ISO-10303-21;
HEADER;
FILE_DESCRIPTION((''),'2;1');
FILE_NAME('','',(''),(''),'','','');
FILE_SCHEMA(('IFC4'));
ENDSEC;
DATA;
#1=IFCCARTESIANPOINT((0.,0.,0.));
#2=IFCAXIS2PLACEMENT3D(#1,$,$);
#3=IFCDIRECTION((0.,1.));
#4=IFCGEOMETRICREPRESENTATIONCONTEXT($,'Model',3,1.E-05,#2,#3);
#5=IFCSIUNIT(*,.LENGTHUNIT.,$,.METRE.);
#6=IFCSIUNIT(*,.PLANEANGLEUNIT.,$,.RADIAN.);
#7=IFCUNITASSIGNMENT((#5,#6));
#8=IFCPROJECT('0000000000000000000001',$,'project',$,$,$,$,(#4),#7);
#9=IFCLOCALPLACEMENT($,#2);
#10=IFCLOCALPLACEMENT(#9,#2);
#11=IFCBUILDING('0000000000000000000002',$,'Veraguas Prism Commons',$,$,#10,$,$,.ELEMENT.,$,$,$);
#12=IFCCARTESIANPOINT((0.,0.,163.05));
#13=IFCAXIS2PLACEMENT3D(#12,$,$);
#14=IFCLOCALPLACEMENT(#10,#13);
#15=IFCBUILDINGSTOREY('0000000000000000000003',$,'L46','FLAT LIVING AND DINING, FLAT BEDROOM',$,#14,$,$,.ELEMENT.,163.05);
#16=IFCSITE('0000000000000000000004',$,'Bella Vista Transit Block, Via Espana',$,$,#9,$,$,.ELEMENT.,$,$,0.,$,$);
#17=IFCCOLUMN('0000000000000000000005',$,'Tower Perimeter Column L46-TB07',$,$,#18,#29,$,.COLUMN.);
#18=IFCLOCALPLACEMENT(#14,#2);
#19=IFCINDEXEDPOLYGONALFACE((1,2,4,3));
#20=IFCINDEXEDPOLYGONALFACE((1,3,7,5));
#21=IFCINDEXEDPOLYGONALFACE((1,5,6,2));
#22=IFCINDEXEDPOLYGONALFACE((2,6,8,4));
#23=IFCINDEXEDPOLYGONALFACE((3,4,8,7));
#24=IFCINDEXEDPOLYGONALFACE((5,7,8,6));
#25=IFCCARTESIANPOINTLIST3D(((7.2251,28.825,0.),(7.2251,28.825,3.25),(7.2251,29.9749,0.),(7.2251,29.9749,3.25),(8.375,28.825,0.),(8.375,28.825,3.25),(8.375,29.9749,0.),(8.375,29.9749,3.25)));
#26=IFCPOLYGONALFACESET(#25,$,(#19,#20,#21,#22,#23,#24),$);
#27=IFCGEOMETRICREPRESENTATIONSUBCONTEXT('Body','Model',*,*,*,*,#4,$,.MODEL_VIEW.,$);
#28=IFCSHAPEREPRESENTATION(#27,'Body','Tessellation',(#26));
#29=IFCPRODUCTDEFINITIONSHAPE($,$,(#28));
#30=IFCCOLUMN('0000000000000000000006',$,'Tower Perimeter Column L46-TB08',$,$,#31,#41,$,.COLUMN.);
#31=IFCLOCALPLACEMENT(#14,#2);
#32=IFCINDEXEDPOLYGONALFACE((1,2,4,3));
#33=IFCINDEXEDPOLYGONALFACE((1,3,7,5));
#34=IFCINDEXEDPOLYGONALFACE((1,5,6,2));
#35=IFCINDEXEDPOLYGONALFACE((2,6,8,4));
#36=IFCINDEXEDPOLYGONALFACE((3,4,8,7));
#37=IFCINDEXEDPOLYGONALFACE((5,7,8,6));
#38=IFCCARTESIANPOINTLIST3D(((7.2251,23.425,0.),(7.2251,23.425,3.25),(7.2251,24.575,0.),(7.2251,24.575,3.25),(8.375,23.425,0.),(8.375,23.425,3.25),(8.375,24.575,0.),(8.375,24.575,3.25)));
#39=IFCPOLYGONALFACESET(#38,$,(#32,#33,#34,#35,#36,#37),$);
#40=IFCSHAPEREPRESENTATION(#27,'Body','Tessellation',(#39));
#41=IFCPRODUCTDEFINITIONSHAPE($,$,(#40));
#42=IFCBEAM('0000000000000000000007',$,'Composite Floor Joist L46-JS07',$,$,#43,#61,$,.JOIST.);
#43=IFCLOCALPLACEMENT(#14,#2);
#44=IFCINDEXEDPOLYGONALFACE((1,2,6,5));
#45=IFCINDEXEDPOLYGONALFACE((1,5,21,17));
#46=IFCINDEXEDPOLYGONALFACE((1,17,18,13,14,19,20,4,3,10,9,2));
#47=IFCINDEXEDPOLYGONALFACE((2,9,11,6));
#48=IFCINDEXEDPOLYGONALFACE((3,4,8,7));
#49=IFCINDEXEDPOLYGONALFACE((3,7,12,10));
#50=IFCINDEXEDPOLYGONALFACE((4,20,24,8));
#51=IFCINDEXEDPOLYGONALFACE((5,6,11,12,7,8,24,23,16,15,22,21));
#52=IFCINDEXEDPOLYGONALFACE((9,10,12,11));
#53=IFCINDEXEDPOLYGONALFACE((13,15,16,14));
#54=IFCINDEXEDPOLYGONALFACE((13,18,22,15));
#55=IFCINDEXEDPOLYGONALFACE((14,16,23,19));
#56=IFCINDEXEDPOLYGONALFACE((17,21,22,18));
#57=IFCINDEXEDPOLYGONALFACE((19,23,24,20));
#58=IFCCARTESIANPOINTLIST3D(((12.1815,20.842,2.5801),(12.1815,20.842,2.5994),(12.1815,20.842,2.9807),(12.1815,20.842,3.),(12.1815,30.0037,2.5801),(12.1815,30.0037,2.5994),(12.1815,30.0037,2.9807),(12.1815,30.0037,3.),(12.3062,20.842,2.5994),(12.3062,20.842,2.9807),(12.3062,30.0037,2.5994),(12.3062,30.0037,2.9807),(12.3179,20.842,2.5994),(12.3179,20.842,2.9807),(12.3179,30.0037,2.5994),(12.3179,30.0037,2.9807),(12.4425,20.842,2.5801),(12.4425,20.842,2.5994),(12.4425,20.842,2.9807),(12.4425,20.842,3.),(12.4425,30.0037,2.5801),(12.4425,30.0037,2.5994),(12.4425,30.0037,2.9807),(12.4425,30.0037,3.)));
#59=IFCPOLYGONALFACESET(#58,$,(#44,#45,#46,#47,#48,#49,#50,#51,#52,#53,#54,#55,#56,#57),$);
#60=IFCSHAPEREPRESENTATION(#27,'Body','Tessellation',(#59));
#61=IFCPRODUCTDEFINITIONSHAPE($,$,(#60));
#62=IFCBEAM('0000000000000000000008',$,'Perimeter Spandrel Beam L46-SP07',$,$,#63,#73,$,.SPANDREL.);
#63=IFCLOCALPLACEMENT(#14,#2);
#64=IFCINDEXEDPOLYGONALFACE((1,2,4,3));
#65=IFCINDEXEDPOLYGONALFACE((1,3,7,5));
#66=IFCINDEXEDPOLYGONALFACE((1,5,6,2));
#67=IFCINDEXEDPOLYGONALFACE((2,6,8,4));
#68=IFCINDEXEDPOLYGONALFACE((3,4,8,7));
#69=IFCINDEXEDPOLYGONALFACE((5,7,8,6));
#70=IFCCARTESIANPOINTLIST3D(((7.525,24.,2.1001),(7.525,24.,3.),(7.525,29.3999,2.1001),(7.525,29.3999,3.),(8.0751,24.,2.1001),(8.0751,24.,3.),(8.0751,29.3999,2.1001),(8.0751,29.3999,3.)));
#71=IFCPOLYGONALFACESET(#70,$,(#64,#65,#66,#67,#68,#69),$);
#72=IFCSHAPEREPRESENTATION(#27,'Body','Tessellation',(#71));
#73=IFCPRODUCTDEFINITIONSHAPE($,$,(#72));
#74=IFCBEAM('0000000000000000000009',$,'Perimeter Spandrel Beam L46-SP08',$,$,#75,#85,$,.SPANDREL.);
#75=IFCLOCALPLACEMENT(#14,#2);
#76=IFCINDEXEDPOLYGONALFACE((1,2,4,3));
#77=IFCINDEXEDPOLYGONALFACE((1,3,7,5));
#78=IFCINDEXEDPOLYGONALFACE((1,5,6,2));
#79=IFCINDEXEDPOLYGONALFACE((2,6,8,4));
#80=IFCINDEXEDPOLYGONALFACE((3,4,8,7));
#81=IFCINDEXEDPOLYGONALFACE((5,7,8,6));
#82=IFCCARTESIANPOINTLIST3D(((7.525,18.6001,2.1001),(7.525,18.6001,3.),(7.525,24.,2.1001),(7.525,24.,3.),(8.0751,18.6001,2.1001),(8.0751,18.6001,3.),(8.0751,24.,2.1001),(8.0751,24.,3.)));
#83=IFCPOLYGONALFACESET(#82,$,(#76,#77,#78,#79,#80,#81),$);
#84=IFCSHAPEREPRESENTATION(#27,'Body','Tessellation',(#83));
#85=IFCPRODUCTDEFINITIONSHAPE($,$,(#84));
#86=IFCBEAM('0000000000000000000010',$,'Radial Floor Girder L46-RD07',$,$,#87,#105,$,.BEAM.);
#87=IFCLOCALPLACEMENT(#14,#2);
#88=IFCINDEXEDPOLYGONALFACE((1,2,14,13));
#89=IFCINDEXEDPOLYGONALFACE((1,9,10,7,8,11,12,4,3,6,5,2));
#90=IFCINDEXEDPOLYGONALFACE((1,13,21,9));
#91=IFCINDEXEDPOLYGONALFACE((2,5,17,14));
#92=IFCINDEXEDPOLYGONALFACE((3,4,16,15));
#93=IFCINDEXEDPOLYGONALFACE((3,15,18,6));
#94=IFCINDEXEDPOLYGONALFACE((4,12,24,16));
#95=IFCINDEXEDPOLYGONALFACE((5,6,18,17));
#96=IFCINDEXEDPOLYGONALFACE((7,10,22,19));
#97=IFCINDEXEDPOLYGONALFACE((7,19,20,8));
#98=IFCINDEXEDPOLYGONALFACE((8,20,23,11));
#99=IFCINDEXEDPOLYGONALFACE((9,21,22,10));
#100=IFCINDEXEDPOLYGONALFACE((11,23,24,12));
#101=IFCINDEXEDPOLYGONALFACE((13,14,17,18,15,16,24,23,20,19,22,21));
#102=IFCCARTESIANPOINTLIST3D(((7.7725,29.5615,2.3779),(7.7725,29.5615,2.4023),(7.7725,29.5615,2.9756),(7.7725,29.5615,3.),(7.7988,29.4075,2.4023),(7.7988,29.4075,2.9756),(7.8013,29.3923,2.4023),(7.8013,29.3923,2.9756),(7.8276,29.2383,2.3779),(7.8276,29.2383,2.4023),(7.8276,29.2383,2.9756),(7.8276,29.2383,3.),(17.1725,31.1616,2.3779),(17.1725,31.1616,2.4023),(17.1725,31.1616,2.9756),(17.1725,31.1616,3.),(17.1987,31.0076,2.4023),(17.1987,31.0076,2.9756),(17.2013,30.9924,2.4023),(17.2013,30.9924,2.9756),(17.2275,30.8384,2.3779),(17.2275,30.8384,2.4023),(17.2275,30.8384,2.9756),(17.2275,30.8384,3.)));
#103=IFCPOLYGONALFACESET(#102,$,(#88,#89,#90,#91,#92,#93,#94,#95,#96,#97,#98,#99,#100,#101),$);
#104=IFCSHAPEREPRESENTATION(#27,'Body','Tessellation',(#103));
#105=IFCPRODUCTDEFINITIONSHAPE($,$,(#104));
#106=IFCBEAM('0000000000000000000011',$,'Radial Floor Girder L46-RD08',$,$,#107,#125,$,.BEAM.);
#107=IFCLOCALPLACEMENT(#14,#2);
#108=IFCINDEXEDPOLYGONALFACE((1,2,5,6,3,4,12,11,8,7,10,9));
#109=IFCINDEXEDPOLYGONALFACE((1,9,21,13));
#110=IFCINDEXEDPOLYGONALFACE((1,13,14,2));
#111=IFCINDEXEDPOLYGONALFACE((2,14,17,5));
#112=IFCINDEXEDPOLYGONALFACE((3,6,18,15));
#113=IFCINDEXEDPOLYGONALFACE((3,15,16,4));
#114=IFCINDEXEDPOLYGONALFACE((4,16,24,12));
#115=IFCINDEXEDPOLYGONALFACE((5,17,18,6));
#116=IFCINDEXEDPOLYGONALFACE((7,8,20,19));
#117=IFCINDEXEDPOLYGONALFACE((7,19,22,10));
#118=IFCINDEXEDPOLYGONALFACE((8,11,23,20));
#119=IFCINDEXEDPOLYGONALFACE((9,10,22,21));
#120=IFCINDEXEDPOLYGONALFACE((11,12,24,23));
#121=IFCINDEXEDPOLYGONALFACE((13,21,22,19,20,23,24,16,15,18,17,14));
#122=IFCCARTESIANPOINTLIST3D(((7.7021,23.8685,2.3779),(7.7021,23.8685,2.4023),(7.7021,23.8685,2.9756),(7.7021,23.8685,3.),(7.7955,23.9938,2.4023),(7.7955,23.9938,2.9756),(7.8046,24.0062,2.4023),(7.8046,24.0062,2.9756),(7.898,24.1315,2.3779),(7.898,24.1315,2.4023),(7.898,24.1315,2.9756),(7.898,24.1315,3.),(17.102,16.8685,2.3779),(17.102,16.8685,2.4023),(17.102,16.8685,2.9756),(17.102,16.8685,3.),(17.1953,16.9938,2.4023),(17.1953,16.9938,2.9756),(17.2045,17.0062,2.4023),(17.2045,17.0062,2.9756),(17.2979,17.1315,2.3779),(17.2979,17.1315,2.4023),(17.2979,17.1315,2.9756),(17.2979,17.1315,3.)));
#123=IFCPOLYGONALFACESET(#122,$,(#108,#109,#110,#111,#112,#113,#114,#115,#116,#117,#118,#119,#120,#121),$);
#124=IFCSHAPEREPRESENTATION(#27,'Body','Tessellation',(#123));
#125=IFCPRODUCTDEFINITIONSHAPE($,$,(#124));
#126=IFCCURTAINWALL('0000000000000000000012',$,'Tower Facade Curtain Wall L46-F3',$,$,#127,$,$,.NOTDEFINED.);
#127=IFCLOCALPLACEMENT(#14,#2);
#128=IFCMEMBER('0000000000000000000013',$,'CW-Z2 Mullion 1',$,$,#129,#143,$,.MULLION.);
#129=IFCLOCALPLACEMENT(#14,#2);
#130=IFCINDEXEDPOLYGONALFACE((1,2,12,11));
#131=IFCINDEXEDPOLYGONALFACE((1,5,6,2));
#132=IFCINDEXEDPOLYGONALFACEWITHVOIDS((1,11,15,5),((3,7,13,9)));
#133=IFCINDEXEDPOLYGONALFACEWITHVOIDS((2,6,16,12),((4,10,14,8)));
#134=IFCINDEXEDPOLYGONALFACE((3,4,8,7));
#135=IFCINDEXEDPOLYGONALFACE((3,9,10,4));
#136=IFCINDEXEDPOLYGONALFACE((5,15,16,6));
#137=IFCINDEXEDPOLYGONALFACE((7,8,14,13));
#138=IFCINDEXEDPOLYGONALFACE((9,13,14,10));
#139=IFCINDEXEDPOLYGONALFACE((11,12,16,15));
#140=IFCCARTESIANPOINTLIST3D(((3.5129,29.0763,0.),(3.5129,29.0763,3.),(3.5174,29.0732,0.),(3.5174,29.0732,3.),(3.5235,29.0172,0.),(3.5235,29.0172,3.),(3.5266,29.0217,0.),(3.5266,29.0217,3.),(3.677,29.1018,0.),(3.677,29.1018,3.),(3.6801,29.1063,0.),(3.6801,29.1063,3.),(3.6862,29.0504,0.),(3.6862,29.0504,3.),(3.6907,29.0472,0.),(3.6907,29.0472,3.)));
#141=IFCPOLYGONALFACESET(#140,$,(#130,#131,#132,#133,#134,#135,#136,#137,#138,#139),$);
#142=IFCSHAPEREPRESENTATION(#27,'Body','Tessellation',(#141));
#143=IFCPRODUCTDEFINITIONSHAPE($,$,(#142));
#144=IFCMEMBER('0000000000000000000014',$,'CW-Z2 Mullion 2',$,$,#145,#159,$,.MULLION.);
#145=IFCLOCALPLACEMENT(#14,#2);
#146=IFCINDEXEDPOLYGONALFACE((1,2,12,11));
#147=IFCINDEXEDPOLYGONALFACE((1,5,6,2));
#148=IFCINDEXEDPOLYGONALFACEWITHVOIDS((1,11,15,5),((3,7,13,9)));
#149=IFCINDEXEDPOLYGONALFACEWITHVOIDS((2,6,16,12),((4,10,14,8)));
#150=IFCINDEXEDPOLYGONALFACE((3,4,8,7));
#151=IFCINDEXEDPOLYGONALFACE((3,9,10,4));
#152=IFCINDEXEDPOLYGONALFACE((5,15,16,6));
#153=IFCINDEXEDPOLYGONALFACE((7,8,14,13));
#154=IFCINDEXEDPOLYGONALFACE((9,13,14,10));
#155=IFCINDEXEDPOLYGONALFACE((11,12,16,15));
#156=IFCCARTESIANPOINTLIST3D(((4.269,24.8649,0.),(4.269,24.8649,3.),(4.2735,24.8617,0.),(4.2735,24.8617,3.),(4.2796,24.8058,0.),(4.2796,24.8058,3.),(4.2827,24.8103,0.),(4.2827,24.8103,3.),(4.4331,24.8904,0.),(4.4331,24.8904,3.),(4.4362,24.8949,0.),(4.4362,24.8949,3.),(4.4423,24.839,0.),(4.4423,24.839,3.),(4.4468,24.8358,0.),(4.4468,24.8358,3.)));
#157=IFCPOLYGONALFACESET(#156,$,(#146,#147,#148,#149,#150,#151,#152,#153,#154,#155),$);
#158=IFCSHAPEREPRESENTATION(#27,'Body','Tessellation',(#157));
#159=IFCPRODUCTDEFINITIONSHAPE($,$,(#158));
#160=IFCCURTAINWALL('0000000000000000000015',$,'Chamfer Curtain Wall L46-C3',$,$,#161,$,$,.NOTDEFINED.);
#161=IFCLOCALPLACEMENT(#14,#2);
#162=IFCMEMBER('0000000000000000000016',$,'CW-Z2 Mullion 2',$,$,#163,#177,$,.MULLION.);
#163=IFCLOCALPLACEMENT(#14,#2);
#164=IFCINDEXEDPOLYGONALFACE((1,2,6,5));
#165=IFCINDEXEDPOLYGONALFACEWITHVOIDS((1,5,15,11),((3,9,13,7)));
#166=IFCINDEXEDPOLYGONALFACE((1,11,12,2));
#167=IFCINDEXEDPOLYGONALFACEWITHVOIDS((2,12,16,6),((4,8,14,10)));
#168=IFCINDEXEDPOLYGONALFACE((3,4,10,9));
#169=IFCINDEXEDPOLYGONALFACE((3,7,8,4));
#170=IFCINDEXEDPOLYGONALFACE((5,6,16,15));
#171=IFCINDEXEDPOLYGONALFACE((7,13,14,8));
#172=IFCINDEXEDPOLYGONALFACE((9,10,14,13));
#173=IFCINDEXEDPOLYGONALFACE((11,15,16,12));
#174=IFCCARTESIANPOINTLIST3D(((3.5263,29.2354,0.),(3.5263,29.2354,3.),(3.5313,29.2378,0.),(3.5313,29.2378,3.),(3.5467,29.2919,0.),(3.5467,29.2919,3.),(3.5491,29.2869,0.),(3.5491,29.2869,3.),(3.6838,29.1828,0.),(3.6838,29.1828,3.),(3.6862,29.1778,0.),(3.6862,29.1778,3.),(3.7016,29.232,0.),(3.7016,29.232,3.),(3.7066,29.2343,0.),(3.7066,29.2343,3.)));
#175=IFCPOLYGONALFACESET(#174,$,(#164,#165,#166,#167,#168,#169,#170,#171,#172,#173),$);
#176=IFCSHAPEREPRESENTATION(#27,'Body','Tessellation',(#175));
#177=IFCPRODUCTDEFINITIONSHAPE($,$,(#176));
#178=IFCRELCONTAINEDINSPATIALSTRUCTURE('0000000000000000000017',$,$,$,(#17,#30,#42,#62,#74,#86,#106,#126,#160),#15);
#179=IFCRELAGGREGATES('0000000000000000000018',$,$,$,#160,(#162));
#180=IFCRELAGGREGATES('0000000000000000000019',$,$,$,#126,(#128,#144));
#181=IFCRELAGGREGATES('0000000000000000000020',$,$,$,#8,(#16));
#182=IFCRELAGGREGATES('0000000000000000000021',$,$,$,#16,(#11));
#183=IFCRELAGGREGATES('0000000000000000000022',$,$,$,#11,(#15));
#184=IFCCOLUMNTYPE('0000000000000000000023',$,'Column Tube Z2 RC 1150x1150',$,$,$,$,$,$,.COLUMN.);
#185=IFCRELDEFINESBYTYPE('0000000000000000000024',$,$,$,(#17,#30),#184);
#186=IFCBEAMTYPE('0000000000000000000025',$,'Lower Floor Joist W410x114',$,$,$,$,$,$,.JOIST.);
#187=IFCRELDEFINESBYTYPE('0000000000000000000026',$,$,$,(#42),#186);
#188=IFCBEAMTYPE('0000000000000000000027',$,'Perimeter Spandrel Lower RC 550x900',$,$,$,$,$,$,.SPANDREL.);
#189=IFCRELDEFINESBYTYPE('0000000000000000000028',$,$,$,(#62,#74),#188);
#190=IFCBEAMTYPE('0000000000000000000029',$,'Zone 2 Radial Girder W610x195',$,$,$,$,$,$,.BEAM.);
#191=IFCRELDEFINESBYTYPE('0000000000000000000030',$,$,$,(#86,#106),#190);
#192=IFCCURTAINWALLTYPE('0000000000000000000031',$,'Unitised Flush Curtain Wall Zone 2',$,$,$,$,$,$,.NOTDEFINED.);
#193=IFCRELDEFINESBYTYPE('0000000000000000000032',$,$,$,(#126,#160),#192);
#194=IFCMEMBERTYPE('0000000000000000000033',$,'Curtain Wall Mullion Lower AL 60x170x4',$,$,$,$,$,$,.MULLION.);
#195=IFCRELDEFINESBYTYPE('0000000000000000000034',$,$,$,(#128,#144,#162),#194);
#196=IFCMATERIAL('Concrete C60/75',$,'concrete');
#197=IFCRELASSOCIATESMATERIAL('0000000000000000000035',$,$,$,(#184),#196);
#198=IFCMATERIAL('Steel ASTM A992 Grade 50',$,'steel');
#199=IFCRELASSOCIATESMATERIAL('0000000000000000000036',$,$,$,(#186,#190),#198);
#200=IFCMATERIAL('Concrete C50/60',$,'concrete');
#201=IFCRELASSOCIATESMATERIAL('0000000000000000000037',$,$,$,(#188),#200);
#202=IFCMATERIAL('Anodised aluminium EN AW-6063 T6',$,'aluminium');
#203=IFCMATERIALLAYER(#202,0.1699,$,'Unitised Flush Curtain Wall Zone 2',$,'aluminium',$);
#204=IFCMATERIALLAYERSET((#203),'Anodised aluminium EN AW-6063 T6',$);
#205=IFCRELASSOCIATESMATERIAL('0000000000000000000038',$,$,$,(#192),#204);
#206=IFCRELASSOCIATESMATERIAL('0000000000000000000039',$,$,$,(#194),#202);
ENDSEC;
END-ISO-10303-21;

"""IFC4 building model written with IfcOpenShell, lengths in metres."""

from ifc_helpers import new_model, si_unit, direction, frame, origin, origin_2d, place, context, subcontext, project, spatial, rectangle, hollow_rectangle, i_section, extrude, source, transform, mapped, material, layer, layer_set, material_profile, profile_set, type_object, element, aggregate, save


model = new_model("IFC4")

# Units and contexts
model_context = context("Model", 3, precision=1e-05, world=origin(), true_north=direction((0.0, 1.0)))
body_context = subcontext(model_context, "Body", "Model", "MODEL_VIEW")
ifc_project = project(units=[si_unit("LENGTHUNIT", "METRE"), si_unit("PLANEANGLEUNIT", "RADIAN")], contexts=[model_context])

# Site, building, storey
site_placement = place(None, origin())
site = spatial("IfcSite", under=ifc_project, at=site_placement, Name="Bella Vista Transit Block, Via Espana", CompositionType="ELEMENT", RefElevation=0.0)
building_placement = place(site_placement, origin())
building = spatial("IfcBuilding", under=site, at=building_placement, Name="Veraguas Prism Commons", CompositionType="ELEMENT")
storey_placement = place(building_placement, frame((0.0, 0.0, 163.05)))
storey = spatial("IfcBuildingStorey", under=building, at=storey_placement, Name="L46", Description="FLAT LIVING AND DINING, FLAT BEDROOM", CompositionType="ELEMENT", Elevation=163.05)

# Columns
ifc_material_1 = material(Name="Concrete C60/75", Category="concrete")
ifc_material_profile_1 = material_profile(ifc_material_1, rectangle(XDim=1.1499, YDim=1.1499, at=origin_2d()), Name="RC1150X1150")
ifc_profile_set_1 = profile_set([ifc_material_profile_1], Name="Concrete C60/75")
column_type = type_object("IfcColumnType", Name="Column Tube Z2 RC 1150x1150", PredefinedType="COLUMN", material=ifc_profile_set_1)
for number, where, z_axis, x_axis, name in (
    (1, (7.8, 29.3999, 0.0), (0.0, 0.0, 1.0), (1.0, 0.0, 0.0), "Tower Perimeter Column L46-TB07"),
    (2, (7.8, 24.0, 0.0), (0.0, 0.0, 1.0), (1.0, 0.0, 0.0), "Tower Perimeter Column L46-TB08"),
):
    element("IfcColumn", number, at=place(storey_placement, frame(where, z_axis=z_axis, x_axis=x_axis)), inside=storey, type_object=column_type, Name=name, PredefinedType="COLUMN", context=body_context, shape_type="SweptSolid", body=[
        extrude(rectangle(XDim=1.1499, YDim=1.1499, at=origin_2d()), origin(), (0.0, 0.0, 1.0), 3.25),
    ])

# Beams
ifc_material_2 = material(Name="Steel ASTM A992 Grade 50", Category="steel")
ifc_material_profile_2 = material_profile(ifc_material_2, i_section(OverallWidth=0.261, OverallDepth=0.4199, WebThickness=0.0117, FlangeThickness=0.0193, at=origin_2d()), Name="W410X114")
ifc_profile_set_2 = profile_set([ifc_material_profile_2], Name="Steel ASTM A992 Grade 50")
beam_type_1 = type_object("IfcBeamType", Name="Lower Floor Joist W410x114", PredefinedType="JOIST", material=ifc_profile_set_2)
beam_1_placement = place(storey_placement, frame((12.312, 30.0037, 2.79), z_axis=(0.0, -1.0, 0.0), x_axis=(1.0, 0.0, 0.0)))
element("IfcBeam", 3, at=beam_1_placement, inside=storey, type_object=beam_type_1, Name="Composite Floor Joist L46-JS07", PredefinedType="JOIST", context=body_context, shape_type="SweptSolid", body=[
    extrude(i_section(OverallWidth=0.261, OverallDepth=0.4199, WebThickness=0.0117, FlangeThickness=0.0193, at=origin_2d()), origin(), (0.0, 0.0, 1.0), 9.1616),
])
ifc_material_3 = material(Name="Concrete C50/60", Category="concrete")
ifc_material_profile_3 = material_profile(ifc_material_3, rectangle(XDim=0.55, YDim=0.8999, at=origin_2d()), Name="RC550X900")
ifc_profile_set_3 = profile_set([ifc_material_profile_3], Name="Concrete C50/60")
beam_type_2 = type_object("IfcBeamType", Name="Perimeter Spandrel Lower RC 550x900", PredefinedType="SPANDREL", material=ifc_profile_set_3)
for number, where, z_axis, x_axis, name in (
    (4, (7.8, 29.3999, 2.55), (0.0, -1.0, 0.0), (1.0, 0.0, 0.0), "Perimeter Spandrel Beam L46-SP07"),
    (5, (7.8, 24.0, 2.55), (0.0, -1.0, 0.0), (1.0, 0.0, 0.0), "Perimeter Spandrel Beam L46-SP08"),
):
    element("IfcBeam", number, at=place(storey_placement, frame(where, z_axis=z_axis, x_axis=x_axis)), inside=storey, type_object=beam_type_2, Name=name, PredefinedType="SPANDREL", context=body_context, shape_type="SweptSolid", body=[
        extrude(rectangle(XDim=0.55, YDim=0.8999, at=origin_2d()), origin(), (0.0, 0.0, 1.0), 5.3999),
    ])
ifc_material_profile_4 = material_profile(ifc_material_2, i_section(OverallWidth=0.3279, OverallDepth=0.6221, WebThickness=0.0154, FlangeThickness=0.0244, at=origin_2d()), Name="W610X195")
ifc_profile_set_4 = profile_set([ifc_material_profile_4], Name="Steel ASTM A992 Grade 50")
beam_type_3 = type_object("IfcBeamType", Name="Zone 2 Radial Girder W610x195", PredefinedType="BEAM", material=ifc_profile_set_4)
beam_2_placement = place(storey_placement, frame((7.8, 29.3999, 2.689), z_axis=(0.985819, 0.167811, 0.0), x_axis=(-0.167811, 0.985819, 0.0)))
element("IfcBeam", 6, at=beam_2_placement, inside=storey, type_object=beam_type_3, Name="Radial Floor Girder L46-RD07", PredefinedType="BEAM", context=body_context, shape_type="SweptSolid", body=[
    extrude(i_section(OverallWidth=0.3279, OverallDepth=0.6221, WebThickness=0.0154, FlangeThickness=0.0244, at=origin_2d()), origin(), (0.0, 0.0, 1.0), 9.5352),
])
beam_3_placement = place(storey_placement, frame((7.8, 24.0, 2.689), z_axis=(0.80204, -0.59727, 0.0), x_axis=(0.59727, 0.80204, 0.0)))
element("IfcBeam", 7, at=beam_3_placement, inside=storey, type_object=beam_type_3, Name="Radial Floor Girder L46-RD08", PredefinedType="BEAM", context=body_context, shape_type="SweptSolid", body=[
    extrude(i_section(OverallWidth=0.3279, OverallDepth=0.6221, WebThickness=0.0154, FlangeThickness=0.0244, at=origin_2d()), origin(), (0.0, 0.0, 1.0), 11.72),
])

# Curtain wall, members
ifc_material_4 = material(Name="Anodised aluminium EN AW-6063 T6", Category="aluminium")
ifc_layer_1 = layer(ifc_material_4, 0.1699, Name="Unitised Flush Curtain Wall Zone 2", Category="aluminium")
ifc_layer_set_1 = layer_set([ifc_layer_1], Name="Anodised aluminium EN AW-6063 T6")
curtain_wall_type = type_object("IfcCurtainWallType", Name="Unitised Flush Curtain Wall Zone 2", PredefinedType="NOTDEFINED", material=ifc_layer_set_1)
curtain_wall_1_placement = place(storey_placement, origin())
curtain_wall_1 = element("IfcCurtainWall", 8, at=curtain_wall_1_placement, inside=storey, type_object=curtain_wall_type, Name="Tower Facade Curtain Wall L46-F3", PredefinedType="NOTDEFINED")
ifc_material_profile_5 = material_profile(ifc_material_4, hollow_rectangle(XDim=0.0601, YDim=0.1699, WallThickness=0.0039, at=origin_2d()), Name="AL60X170X4")
ifc_profile_set_5 = profile_set([ifc_material_profile_5], Name="Anodised aluminium EN AW-6063 T6")
member_type_1 = type_object("IfcMemberType", Name="Curtain Wall Mullion Lower AL 60x170x4", PredefinedType="MULLION", material=ifc_profile_set_5)
shared_shape_1 = source(origin(), body_context, "Body", "SweptSolid", [
    extrude(hollow_rectangle(XDim=0.0601, YDim=0.1699, WallThickness=0.0039, at=origin_2d()), origin(), (0.0, 0.0, 1.0), 3.0),
])
member_1_placement = place(storey_placement, frame((3.6018, 29.0618, 0.0), z_axis=(0.0, 0.0, 1.0), x_axis=(0.176741, -0.984257, 0.0)))
member_1 = element("IfcMember", 9, at=member_1_placement, type_object=member_type_1, Name="CW-Z2 Mullion 1", PredefinedType="MULLION", context=body_context, shape_type="MappedRepresentation", body=[
    mapped(shared_shape_1, transform((0.0, 0.0, 0.0), scale=1.0)),
])
member_2_placement = place(storey_placement, frame((4.3579, 24.8503, 0.0), z_axis=(0.0, 0.0, 1.0), x_axis=(0.176741, -0.984257, 0.0)))
member_2 = element("IfcMember", 10, at=member_2_placement, type_object=member_type_1, Name="CW-Z2 Mullion 2", PredefinedType="MULLION", context=body_context, shape_type="MappedRepresentation", body=[
    mapped(shared_shape_1, transform((0.0, 0.0, 0.0), scale=1.0)),
])

# Curtain wall, member
curtain_wall_2_placement = place(storey_placement, origin())
curtain_wall_2 = element("IfcCurtainWall", 11, at=curtain_wall_2_placement, inside=storey, type_object=curtain_wall_type, Name="Chamfer Curtain Wall L46-C3", PredefinedType="NOTDEFINED")
member_3_placement = place(storey_placement, frame((3.6165, 29.2349, 0.0), z_axis=(0.0, 0.0, 1.0), x_axis=(-0.339083, -0.940757, 0.0)))
member_3 = element("IfcMember", 12, at=member_3_placement, type_object=member_type_1, Name="CW-Z2 Mullion 2", PredefinedType="MULLION", context=body_context, shape_type="MappedRepresentation", body=[
    mapped(shared_shape_1, transform((0.0, 0.0, 0.0), scale=1.0)),
])
aggregate(curtain_wall_2, [member_3])

aggregate(curtain_wall_1, [member_1, member_2])

save(model, "model.ifc")
